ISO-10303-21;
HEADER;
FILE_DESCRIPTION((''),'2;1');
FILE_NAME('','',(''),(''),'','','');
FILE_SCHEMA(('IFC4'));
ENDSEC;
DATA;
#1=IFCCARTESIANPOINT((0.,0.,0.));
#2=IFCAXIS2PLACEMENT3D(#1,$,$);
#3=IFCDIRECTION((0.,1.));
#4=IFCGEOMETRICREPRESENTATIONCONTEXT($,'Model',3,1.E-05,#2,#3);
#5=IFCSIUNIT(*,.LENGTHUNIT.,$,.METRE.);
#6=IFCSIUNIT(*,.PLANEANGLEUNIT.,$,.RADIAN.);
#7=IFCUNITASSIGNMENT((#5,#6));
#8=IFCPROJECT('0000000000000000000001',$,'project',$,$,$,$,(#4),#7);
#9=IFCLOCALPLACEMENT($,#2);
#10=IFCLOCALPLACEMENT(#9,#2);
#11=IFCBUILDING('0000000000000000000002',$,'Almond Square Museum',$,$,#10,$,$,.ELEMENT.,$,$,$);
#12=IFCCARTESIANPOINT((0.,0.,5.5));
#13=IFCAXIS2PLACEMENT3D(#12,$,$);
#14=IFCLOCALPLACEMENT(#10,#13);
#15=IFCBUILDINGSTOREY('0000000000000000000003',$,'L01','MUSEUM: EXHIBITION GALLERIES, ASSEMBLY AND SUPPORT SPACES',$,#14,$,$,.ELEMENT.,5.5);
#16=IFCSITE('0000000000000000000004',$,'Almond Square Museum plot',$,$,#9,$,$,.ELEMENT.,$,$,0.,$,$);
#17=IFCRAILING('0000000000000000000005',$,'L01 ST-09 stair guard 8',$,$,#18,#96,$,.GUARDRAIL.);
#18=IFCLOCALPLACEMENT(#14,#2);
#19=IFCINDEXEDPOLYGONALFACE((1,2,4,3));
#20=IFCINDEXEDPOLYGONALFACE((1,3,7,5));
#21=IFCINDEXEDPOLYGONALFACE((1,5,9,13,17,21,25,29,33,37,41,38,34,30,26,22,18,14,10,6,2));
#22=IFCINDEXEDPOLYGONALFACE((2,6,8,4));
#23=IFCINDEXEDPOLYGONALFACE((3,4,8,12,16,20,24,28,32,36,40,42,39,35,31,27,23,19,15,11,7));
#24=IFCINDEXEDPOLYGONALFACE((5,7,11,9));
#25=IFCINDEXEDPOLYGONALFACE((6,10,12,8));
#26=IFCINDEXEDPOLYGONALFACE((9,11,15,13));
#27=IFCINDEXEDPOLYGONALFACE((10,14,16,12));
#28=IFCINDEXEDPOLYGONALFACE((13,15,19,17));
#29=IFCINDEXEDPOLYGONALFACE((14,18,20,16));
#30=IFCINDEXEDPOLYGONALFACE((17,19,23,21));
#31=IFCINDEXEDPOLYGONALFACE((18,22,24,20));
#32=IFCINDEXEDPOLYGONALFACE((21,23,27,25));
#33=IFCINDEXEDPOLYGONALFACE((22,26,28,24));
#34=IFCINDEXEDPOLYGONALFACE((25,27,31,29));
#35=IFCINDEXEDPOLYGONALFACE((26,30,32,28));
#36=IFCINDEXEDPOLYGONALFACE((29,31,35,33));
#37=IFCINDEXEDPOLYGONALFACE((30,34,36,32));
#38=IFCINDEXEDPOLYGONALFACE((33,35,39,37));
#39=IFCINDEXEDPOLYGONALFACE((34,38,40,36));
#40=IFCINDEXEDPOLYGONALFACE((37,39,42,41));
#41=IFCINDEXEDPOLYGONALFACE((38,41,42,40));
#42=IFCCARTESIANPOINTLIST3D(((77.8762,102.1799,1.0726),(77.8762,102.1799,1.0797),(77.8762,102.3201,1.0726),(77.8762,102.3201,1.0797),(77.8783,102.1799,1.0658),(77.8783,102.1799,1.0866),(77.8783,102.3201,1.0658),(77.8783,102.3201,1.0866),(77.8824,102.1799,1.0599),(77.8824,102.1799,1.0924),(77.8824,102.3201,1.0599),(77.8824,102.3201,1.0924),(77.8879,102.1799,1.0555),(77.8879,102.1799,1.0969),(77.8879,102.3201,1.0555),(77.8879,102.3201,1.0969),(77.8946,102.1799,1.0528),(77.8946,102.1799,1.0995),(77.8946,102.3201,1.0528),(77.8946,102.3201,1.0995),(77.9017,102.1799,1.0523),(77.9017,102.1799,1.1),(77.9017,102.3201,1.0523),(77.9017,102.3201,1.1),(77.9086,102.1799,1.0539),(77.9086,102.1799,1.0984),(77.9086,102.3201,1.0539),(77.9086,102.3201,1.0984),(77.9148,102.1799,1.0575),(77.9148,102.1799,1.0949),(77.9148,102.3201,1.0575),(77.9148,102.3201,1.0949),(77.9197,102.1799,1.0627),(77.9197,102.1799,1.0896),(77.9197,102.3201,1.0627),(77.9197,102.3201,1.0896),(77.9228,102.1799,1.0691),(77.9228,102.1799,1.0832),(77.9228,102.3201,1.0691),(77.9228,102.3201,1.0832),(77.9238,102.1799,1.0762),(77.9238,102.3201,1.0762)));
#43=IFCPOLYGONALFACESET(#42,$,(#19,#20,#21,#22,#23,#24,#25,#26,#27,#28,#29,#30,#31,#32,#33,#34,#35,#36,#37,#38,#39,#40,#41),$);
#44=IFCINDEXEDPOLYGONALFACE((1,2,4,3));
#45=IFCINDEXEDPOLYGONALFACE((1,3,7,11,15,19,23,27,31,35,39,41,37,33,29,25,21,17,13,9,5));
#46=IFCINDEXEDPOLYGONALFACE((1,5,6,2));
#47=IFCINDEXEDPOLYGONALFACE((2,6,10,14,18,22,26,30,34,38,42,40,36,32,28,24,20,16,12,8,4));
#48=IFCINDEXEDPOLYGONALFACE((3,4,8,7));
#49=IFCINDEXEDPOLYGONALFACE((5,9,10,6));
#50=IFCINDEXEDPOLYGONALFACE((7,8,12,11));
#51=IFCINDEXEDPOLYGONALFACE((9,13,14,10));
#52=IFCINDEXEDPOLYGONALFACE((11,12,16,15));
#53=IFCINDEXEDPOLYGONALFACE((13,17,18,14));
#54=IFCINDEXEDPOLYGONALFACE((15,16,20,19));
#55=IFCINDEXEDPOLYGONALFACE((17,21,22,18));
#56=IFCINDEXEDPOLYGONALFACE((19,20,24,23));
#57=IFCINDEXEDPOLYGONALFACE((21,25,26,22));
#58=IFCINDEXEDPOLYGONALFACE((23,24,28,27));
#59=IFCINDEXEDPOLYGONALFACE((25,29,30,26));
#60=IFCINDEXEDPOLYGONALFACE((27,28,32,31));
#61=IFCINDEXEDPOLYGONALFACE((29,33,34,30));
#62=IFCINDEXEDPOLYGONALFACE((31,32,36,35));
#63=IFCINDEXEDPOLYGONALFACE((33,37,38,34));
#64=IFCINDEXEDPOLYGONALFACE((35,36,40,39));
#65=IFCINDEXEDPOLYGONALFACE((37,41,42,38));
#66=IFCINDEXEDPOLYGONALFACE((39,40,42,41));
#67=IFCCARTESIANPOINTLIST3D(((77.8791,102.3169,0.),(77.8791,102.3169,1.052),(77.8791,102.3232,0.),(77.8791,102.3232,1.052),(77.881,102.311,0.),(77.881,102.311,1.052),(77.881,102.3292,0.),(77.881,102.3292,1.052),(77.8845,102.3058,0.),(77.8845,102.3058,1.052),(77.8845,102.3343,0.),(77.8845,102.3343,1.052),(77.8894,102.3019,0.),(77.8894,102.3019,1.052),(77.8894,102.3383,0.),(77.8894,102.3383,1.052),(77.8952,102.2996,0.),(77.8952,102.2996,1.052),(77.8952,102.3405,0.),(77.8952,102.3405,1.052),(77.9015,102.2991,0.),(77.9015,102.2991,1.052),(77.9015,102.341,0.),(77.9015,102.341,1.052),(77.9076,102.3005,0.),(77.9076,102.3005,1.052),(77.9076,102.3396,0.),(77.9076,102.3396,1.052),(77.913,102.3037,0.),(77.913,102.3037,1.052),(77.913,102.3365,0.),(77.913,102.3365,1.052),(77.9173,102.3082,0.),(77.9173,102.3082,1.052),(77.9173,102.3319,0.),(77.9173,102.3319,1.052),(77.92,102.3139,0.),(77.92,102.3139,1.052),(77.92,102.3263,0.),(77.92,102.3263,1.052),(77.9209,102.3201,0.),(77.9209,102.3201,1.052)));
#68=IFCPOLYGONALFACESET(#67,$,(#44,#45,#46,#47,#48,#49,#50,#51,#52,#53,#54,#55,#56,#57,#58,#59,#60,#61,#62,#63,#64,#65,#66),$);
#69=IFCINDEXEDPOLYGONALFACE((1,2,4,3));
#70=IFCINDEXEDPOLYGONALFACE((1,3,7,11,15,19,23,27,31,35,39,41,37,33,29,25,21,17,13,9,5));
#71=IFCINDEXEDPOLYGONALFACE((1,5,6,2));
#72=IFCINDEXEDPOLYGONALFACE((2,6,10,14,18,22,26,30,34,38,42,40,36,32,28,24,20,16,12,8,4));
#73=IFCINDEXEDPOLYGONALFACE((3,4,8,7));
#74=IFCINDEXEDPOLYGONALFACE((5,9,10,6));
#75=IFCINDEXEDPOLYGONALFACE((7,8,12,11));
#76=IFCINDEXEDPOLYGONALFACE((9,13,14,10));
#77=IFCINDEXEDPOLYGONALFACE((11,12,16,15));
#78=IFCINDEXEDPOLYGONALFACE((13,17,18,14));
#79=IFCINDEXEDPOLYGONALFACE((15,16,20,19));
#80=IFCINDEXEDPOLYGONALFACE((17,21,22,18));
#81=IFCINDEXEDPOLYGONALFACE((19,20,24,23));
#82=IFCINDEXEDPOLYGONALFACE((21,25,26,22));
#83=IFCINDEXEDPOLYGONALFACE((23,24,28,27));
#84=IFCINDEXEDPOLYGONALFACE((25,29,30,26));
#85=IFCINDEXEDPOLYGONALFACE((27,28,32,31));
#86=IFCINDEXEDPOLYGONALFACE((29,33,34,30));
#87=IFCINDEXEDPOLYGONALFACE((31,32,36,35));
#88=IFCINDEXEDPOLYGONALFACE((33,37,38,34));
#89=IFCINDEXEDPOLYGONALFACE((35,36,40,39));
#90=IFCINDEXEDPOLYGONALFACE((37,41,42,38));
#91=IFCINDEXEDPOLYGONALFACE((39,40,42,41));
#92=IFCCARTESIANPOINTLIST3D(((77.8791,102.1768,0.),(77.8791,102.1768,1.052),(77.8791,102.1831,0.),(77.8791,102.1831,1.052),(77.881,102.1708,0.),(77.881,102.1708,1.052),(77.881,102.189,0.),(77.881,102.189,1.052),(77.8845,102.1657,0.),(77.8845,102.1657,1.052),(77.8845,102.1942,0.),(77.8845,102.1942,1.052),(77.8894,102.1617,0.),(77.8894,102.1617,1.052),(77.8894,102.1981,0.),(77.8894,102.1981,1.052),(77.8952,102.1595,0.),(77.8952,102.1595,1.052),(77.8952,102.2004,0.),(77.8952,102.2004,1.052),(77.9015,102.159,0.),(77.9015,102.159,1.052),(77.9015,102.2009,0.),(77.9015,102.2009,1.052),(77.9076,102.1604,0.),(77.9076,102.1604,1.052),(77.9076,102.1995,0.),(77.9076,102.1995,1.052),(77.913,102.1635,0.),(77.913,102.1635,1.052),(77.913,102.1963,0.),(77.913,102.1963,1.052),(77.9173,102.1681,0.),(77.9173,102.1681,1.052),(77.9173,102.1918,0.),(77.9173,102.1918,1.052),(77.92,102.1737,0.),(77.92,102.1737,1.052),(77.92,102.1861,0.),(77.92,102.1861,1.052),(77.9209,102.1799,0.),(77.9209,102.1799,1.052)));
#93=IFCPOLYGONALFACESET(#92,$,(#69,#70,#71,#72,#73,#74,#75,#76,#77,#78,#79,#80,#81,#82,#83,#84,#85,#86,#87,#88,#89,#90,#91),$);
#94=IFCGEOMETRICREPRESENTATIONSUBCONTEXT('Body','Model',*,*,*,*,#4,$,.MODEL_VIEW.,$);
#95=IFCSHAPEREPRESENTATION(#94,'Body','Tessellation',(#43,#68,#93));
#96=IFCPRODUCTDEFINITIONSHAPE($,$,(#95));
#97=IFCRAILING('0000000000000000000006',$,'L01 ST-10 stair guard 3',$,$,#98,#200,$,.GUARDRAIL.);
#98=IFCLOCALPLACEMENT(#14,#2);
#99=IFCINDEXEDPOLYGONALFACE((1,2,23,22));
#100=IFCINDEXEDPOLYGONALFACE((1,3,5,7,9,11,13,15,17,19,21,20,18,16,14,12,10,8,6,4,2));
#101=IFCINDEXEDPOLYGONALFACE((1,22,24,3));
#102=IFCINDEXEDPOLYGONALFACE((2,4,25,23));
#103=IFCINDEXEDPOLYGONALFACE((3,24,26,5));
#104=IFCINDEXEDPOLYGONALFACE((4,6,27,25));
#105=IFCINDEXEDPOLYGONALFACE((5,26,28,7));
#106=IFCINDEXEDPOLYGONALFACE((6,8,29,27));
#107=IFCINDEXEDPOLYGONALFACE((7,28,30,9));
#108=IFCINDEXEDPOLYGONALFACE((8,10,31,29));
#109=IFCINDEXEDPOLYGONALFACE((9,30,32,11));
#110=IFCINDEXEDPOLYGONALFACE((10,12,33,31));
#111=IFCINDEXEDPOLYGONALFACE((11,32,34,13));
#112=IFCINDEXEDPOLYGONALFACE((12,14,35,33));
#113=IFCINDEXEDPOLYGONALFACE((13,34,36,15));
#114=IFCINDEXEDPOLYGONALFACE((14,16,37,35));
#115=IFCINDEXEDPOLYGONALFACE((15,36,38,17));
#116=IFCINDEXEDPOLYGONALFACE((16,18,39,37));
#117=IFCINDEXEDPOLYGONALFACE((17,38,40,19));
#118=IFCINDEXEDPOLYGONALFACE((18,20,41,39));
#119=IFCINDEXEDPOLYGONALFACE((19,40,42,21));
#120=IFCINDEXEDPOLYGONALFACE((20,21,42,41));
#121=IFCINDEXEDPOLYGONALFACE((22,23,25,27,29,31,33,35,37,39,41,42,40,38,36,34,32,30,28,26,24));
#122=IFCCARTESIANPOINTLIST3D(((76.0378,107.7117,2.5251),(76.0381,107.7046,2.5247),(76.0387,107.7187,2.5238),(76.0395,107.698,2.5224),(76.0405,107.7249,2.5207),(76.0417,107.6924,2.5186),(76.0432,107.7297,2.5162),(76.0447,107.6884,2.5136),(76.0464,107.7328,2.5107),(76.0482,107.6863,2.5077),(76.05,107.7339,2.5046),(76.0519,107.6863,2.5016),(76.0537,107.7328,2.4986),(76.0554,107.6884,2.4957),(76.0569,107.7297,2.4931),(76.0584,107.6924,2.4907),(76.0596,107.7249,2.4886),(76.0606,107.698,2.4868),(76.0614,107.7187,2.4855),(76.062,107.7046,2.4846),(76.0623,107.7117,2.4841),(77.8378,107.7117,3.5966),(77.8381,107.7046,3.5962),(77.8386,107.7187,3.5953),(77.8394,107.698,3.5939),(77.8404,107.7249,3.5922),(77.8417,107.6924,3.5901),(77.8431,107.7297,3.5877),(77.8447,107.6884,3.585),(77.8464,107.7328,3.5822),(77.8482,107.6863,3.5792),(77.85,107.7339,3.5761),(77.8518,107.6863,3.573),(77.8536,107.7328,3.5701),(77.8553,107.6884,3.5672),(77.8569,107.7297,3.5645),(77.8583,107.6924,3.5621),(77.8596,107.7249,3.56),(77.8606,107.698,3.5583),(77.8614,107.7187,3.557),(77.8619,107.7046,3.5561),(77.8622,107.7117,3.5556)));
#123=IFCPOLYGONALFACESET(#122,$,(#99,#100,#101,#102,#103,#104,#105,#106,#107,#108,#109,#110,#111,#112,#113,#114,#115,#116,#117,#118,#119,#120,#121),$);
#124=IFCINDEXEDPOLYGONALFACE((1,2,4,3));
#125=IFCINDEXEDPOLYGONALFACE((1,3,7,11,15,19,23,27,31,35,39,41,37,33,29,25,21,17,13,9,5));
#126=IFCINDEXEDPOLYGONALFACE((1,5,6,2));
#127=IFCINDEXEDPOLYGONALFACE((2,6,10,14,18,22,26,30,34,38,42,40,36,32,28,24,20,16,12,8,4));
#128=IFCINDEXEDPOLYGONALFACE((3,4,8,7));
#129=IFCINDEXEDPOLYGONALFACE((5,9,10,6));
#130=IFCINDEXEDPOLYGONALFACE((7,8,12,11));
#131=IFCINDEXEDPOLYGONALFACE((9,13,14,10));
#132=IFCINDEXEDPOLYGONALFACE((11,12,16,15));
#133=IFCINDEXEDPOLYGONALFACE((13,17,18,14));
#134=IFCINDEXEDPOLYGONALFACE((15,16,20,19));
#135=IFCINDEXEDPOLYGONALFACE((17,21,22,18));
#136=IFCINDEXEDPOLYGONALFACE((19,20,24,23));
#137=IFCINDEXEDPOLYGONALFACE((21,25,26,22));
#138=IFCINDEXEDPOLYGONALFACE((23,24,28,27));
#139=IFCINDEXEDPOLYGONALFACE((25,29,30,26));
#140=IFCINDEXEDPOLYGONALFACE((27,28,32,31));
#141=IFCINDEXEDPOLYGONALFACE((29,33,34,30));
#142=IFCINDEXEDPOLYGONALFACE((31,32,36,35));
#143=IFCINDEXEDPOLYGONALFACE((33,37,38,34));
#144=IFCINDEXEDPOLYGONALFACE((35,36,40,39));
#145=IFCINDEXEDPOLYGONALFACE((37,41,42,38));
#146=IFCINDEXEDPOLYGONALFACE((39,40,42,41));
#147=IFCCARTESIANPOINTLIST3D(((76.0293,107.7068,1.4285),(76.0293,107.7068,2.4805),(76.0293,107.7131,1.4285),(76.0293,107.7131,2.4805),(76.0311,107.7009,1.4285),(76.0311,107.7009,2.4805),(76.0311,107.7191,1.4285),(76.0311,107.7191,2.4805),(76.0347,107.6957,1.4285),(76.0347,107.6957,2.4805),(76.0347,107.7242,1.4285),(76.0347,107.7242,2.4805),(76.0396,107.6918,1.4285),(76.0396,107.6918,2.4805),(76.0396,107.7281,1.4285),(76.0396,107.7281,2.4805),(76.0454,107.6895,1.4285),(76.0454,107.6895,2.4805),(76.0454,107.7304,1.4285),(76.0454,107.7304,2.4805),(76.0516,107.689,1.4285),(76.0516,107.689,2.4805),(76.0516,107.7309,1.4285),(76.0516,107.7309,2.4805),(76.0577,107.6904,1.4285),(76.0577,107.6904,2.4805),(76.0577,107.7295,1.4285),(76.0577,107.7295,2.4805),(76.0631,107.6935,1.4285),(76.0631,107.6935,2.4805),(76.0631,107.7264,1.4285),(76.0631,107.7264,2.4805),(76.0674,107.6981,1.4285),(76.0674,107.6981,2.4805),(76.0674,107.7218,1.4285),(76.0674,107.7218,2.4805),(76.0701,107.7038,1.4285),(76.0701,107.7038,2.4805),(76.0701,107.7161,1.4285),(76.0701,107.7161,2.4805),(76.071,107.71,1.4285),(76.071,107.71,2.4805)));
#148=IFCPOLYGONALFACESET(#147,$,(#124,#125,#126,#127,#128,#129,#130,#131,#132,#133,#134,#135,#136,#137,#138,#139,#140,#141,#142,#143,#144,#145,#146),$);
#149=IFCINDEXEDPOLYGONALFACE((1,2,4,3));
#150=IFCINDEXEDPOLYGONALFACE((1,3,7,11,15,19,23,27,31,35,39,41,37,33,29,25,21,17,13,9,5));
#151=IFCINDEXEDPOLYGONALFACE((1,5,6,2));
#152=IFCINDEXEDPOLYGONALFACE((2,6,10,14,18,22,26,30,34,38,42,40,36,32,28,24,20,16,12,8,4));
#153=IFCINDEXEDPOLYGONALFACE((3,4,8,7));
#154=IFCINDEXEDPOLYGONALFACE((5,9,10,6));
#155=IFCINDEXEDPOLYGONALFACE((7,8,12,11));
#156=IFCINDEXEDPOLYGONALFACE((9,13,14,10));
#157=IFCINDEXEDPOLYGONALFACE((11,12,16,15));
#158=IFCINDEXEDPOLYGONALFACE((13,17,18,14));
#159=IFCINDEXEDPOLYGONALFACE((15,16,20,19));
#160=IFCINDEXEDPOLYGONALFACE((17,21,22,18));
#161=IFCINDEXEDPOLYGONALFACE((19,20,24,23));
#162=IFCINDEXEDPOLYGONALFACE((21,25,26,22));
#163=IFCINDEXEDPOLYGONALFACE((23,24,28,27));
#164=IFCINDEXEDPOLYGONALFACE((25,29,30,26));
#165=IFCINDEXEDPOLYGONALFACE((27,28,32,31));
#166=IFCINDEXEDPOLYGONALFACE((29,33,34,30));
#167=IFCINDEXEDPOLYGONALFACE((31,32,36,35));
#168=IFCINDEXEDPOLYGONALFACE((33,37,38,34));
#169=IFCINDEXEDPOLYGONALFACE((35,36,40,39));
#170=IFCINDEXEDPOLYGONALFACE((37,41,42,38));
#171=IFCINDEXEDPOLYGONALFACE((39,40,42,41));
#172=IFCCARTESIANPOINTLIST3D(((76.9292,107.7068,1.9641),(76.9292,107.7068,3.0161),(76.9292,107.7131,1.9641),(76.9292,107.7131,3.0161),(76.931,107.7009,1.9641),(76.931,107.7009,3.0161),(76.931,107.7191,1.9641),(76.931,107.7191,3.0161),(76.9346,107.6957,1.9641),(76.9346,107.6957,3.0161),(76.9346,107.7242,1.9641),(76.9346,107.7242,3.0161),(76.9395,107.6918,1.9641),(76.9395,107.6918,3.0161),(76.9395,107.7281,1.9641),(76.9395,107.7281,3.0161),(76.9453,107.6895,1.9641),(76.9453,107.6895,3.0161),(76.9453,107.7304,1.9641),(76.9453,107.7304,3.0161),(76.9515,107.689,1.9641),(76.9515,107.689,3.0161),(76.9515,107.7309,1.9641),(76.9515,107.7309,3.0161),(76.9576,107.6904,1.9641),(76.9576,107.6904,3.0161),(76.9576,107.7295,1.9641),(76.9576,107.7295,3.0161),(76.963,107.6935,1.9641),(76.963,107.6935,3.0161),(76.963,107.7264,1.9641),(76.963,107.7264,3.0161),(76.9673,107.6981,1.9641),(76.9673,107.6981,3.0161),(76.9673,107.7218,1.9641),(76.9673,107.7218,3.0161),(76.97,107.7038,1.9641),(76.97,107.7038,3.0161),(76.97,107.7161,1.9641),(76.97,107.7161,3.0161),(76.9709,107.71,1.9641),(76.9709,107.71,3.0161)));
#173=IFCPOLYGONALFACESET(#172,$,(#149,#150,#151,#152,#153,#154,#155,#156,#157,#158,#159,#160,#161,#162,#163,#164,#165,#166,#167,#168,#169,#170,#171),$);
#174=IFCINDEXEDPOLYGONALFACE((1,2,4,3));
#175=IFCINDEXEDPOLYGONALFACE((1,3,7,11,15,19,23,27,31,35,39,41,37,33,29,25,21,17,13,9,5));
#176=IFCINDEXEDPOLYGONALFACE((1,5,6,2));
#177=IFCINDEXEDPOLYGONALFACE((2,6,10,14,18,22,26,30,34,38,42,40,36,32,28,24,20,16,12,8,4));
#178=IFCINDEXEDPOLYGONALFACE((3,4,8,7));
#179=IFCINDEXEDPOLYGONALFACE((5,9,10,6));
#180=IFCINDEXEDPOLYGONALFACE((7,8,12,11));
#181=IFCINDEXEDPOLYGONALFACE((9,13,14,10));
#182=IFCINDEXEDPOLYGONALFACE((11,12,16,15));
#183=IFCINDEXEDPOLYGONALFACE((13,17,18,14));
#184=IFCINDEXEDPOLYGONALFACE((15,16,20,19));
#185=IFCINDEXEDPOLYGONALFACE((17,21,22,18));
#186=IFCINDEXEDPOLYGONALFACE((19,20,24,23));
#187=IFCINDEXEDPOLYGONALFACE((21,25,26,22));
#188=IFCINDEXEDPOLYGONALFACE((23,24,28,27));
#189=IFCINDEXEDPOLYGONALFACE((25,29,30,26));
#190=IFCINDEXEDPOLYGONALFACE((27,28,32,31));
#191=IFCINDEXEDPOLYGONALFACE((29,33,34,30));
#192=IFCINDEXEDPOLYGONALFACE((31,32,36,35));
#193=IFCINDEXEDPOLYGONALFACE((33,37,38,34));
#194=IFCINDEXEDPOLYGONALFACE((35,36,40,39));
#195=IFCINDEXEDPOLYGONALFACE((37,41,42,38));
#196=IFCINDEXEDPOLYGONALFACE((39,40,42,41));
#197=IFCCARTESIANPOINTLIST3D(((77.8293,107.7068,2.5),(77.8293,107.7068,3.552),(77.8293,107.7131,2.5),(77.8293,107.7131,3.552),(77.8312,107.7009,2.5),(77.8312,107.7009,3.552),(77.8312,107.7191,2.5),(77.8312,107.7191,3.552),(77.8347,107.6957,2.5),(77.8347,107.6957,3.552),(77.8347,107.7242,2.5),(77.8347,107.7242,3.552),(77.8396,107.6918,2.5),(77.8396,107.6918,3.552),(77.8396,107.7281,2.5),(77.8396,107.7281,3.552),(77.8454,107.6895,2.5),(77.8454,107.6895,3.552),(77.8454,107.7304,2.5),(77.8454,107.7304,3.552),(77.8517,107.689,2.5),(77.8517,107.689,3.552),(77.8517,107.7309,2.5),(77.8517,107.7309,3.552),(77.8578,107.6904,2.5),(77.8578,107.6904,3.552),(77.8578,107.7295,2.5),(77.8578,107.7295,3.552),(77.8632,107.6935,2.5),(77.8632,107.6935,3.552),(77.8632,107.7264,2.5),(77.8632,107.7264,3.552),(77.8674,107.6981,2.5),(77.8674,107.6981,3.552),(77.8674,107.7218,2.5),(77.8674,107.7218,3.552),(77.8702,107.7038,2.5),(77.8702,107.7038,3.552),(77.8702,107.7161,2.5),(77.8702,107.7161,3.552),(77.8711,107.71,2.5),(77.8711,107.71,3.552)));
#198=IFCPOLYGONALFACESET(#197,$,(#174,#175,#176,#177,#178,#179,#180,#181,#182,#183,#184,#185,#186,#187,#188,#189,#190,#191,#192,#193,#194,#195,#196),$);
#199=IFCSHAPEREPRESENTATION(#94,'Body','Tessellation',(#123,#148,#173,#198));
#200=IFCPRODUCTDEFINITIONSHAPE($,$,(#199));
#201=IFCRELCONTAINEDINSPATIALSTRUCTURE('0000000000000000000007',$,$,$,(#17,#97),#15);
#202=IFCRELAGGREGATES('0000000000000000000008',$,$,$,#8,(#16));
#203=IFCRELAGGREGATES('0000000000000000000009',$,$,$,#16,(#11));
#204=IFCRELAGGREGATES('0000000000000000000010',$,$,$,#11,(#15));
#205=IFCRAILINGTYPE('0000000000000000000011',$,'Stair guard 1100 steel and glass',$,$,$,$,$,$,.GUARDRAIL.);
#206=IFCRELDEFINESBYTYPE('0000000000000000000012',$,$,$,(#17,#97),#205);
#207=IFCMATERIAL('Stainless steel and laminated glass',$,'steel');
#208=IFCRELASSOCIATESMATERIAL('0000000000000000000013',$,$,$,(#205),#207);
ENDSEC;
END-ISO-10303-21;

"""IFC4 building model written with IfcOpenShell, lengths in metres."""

from ifc_helpers import new_model, si_unit, direction, frame, origin, origin_2d, place, context, subcontext, project, spatial, circle, extrude, material, type_object, element, save


model = new_model("IFC4")

# Units and contexts
model_context = context("Model", 3, precision=1e-05, world=origin(), true_north=direction((0.0, 1.0)))
body_context = subcontext(model_context, "Body", "Model", "MODEL_VIEW")
ifc_project = project(units=[si_unit("LENGTHUNIT", "METRE"), si_unit("PLANEANGLEUNIT", "RADIAN")], contexts=[model_context])

# Site, building, storey
site_placement = place(None, origin())
site = spatial("IfcSite", under=ifc_project, at=site_placement, Name="Almond Square Museum plot", CompositionType="ELEMENT", RefElevation=0.0)
building_placement = place(site_placement, origin())
building = spatial("IfcBuilding", under=site, at=building_placement, Name="Almond Square Museum", CompositionType="ELEMENT")
storey_placement = place(building_placement, frame((0.0, 0.0, 5.5)))
storey = spatial("IfcBuildingStorey", under=building, at=storey_placement, Name="L01", Description="MUSEUM: EXHIBITION GALLERIES, ASSEMBLY AND SUPPORT SPACES", CompositionType="ELEMENT", Elevation=5.5)

# Railings
ifc_material_1 = material(Name="Stainless steel and laminated glass", Category="steel")
railing_type_1 = type_object("IfcRailingType", Name="Stair guard 1100 steel and glass", PredefinedType="GUARDRAIL", material=ifc_material_1)
railing_1_placement = place(storey_placement, frame((77.8999, 102.3201, 0.0)))
element("IfcRailing", 1, at=railing_1_placement, inside=storey, type_object=railing_type_1, Name="L01 ST-09 stair guard 8", PredefinedType="GUARDRAIL", context=body_context, shape_type="SweptSolid", body=[
    extrude(circle(Radius=0.0239, at=origin_2d()), frame((0.0, 0.0, 1.0762), z_axis=(0.0, -1.0, 0.0), x_axis=(1.0, 0.0, 0.0)), (0.0, 0.0, 1.0), 0.1401),
    extrude(circle(Radius=0.021, at=origin_2d()), origin(), (0.0, 0.0, 1.0), 1.052),
    extrude(circle(Radius=0.021, at=origin_2d()), frame((0.0, -0.1401, 0.0)), (0.0, 0.0, 1.0), 1.052),
])
railing_2_placement = place(storey_placement, frame((76.05, 107.71, 1.4285)))
element("IfcRailing", 2, at=railing_2_placement, inside=storey, type_object=railing_type_1, Name="L01 ST-10 stair guard 3", PredefinedType="GUARDRAIL", context=body_context, shape_type="SweptSolid", body=[
    extrude(circle(Radius=0.0239, at=origin_2d()), frame((0.0, 0.0, 1.0762), z_axis=(0.859277, 0.0, 0.51151), x_axis=(0.0, 1.0, 0.0)), (0.0, 0.0, 1.0), 2.0947),
    extrude(circle(Radius=0.021, at=origin_2d()), origin(), (0.0, 0.0, 1.0), 1.052),
    extrude(circle(Radius=0.021, at=origin_2d()), frame((0.8999, 0.0, 0.5356)), (0.0, 0.0, 1.0), 1.052),
    extrude(circle(Radius=0.021, at=origin_2d()), frame((1.8, 0.0, 1.0715)), (0.0, 0.0, 1.0), 1.052),
])

save(model, "model.ifc")
